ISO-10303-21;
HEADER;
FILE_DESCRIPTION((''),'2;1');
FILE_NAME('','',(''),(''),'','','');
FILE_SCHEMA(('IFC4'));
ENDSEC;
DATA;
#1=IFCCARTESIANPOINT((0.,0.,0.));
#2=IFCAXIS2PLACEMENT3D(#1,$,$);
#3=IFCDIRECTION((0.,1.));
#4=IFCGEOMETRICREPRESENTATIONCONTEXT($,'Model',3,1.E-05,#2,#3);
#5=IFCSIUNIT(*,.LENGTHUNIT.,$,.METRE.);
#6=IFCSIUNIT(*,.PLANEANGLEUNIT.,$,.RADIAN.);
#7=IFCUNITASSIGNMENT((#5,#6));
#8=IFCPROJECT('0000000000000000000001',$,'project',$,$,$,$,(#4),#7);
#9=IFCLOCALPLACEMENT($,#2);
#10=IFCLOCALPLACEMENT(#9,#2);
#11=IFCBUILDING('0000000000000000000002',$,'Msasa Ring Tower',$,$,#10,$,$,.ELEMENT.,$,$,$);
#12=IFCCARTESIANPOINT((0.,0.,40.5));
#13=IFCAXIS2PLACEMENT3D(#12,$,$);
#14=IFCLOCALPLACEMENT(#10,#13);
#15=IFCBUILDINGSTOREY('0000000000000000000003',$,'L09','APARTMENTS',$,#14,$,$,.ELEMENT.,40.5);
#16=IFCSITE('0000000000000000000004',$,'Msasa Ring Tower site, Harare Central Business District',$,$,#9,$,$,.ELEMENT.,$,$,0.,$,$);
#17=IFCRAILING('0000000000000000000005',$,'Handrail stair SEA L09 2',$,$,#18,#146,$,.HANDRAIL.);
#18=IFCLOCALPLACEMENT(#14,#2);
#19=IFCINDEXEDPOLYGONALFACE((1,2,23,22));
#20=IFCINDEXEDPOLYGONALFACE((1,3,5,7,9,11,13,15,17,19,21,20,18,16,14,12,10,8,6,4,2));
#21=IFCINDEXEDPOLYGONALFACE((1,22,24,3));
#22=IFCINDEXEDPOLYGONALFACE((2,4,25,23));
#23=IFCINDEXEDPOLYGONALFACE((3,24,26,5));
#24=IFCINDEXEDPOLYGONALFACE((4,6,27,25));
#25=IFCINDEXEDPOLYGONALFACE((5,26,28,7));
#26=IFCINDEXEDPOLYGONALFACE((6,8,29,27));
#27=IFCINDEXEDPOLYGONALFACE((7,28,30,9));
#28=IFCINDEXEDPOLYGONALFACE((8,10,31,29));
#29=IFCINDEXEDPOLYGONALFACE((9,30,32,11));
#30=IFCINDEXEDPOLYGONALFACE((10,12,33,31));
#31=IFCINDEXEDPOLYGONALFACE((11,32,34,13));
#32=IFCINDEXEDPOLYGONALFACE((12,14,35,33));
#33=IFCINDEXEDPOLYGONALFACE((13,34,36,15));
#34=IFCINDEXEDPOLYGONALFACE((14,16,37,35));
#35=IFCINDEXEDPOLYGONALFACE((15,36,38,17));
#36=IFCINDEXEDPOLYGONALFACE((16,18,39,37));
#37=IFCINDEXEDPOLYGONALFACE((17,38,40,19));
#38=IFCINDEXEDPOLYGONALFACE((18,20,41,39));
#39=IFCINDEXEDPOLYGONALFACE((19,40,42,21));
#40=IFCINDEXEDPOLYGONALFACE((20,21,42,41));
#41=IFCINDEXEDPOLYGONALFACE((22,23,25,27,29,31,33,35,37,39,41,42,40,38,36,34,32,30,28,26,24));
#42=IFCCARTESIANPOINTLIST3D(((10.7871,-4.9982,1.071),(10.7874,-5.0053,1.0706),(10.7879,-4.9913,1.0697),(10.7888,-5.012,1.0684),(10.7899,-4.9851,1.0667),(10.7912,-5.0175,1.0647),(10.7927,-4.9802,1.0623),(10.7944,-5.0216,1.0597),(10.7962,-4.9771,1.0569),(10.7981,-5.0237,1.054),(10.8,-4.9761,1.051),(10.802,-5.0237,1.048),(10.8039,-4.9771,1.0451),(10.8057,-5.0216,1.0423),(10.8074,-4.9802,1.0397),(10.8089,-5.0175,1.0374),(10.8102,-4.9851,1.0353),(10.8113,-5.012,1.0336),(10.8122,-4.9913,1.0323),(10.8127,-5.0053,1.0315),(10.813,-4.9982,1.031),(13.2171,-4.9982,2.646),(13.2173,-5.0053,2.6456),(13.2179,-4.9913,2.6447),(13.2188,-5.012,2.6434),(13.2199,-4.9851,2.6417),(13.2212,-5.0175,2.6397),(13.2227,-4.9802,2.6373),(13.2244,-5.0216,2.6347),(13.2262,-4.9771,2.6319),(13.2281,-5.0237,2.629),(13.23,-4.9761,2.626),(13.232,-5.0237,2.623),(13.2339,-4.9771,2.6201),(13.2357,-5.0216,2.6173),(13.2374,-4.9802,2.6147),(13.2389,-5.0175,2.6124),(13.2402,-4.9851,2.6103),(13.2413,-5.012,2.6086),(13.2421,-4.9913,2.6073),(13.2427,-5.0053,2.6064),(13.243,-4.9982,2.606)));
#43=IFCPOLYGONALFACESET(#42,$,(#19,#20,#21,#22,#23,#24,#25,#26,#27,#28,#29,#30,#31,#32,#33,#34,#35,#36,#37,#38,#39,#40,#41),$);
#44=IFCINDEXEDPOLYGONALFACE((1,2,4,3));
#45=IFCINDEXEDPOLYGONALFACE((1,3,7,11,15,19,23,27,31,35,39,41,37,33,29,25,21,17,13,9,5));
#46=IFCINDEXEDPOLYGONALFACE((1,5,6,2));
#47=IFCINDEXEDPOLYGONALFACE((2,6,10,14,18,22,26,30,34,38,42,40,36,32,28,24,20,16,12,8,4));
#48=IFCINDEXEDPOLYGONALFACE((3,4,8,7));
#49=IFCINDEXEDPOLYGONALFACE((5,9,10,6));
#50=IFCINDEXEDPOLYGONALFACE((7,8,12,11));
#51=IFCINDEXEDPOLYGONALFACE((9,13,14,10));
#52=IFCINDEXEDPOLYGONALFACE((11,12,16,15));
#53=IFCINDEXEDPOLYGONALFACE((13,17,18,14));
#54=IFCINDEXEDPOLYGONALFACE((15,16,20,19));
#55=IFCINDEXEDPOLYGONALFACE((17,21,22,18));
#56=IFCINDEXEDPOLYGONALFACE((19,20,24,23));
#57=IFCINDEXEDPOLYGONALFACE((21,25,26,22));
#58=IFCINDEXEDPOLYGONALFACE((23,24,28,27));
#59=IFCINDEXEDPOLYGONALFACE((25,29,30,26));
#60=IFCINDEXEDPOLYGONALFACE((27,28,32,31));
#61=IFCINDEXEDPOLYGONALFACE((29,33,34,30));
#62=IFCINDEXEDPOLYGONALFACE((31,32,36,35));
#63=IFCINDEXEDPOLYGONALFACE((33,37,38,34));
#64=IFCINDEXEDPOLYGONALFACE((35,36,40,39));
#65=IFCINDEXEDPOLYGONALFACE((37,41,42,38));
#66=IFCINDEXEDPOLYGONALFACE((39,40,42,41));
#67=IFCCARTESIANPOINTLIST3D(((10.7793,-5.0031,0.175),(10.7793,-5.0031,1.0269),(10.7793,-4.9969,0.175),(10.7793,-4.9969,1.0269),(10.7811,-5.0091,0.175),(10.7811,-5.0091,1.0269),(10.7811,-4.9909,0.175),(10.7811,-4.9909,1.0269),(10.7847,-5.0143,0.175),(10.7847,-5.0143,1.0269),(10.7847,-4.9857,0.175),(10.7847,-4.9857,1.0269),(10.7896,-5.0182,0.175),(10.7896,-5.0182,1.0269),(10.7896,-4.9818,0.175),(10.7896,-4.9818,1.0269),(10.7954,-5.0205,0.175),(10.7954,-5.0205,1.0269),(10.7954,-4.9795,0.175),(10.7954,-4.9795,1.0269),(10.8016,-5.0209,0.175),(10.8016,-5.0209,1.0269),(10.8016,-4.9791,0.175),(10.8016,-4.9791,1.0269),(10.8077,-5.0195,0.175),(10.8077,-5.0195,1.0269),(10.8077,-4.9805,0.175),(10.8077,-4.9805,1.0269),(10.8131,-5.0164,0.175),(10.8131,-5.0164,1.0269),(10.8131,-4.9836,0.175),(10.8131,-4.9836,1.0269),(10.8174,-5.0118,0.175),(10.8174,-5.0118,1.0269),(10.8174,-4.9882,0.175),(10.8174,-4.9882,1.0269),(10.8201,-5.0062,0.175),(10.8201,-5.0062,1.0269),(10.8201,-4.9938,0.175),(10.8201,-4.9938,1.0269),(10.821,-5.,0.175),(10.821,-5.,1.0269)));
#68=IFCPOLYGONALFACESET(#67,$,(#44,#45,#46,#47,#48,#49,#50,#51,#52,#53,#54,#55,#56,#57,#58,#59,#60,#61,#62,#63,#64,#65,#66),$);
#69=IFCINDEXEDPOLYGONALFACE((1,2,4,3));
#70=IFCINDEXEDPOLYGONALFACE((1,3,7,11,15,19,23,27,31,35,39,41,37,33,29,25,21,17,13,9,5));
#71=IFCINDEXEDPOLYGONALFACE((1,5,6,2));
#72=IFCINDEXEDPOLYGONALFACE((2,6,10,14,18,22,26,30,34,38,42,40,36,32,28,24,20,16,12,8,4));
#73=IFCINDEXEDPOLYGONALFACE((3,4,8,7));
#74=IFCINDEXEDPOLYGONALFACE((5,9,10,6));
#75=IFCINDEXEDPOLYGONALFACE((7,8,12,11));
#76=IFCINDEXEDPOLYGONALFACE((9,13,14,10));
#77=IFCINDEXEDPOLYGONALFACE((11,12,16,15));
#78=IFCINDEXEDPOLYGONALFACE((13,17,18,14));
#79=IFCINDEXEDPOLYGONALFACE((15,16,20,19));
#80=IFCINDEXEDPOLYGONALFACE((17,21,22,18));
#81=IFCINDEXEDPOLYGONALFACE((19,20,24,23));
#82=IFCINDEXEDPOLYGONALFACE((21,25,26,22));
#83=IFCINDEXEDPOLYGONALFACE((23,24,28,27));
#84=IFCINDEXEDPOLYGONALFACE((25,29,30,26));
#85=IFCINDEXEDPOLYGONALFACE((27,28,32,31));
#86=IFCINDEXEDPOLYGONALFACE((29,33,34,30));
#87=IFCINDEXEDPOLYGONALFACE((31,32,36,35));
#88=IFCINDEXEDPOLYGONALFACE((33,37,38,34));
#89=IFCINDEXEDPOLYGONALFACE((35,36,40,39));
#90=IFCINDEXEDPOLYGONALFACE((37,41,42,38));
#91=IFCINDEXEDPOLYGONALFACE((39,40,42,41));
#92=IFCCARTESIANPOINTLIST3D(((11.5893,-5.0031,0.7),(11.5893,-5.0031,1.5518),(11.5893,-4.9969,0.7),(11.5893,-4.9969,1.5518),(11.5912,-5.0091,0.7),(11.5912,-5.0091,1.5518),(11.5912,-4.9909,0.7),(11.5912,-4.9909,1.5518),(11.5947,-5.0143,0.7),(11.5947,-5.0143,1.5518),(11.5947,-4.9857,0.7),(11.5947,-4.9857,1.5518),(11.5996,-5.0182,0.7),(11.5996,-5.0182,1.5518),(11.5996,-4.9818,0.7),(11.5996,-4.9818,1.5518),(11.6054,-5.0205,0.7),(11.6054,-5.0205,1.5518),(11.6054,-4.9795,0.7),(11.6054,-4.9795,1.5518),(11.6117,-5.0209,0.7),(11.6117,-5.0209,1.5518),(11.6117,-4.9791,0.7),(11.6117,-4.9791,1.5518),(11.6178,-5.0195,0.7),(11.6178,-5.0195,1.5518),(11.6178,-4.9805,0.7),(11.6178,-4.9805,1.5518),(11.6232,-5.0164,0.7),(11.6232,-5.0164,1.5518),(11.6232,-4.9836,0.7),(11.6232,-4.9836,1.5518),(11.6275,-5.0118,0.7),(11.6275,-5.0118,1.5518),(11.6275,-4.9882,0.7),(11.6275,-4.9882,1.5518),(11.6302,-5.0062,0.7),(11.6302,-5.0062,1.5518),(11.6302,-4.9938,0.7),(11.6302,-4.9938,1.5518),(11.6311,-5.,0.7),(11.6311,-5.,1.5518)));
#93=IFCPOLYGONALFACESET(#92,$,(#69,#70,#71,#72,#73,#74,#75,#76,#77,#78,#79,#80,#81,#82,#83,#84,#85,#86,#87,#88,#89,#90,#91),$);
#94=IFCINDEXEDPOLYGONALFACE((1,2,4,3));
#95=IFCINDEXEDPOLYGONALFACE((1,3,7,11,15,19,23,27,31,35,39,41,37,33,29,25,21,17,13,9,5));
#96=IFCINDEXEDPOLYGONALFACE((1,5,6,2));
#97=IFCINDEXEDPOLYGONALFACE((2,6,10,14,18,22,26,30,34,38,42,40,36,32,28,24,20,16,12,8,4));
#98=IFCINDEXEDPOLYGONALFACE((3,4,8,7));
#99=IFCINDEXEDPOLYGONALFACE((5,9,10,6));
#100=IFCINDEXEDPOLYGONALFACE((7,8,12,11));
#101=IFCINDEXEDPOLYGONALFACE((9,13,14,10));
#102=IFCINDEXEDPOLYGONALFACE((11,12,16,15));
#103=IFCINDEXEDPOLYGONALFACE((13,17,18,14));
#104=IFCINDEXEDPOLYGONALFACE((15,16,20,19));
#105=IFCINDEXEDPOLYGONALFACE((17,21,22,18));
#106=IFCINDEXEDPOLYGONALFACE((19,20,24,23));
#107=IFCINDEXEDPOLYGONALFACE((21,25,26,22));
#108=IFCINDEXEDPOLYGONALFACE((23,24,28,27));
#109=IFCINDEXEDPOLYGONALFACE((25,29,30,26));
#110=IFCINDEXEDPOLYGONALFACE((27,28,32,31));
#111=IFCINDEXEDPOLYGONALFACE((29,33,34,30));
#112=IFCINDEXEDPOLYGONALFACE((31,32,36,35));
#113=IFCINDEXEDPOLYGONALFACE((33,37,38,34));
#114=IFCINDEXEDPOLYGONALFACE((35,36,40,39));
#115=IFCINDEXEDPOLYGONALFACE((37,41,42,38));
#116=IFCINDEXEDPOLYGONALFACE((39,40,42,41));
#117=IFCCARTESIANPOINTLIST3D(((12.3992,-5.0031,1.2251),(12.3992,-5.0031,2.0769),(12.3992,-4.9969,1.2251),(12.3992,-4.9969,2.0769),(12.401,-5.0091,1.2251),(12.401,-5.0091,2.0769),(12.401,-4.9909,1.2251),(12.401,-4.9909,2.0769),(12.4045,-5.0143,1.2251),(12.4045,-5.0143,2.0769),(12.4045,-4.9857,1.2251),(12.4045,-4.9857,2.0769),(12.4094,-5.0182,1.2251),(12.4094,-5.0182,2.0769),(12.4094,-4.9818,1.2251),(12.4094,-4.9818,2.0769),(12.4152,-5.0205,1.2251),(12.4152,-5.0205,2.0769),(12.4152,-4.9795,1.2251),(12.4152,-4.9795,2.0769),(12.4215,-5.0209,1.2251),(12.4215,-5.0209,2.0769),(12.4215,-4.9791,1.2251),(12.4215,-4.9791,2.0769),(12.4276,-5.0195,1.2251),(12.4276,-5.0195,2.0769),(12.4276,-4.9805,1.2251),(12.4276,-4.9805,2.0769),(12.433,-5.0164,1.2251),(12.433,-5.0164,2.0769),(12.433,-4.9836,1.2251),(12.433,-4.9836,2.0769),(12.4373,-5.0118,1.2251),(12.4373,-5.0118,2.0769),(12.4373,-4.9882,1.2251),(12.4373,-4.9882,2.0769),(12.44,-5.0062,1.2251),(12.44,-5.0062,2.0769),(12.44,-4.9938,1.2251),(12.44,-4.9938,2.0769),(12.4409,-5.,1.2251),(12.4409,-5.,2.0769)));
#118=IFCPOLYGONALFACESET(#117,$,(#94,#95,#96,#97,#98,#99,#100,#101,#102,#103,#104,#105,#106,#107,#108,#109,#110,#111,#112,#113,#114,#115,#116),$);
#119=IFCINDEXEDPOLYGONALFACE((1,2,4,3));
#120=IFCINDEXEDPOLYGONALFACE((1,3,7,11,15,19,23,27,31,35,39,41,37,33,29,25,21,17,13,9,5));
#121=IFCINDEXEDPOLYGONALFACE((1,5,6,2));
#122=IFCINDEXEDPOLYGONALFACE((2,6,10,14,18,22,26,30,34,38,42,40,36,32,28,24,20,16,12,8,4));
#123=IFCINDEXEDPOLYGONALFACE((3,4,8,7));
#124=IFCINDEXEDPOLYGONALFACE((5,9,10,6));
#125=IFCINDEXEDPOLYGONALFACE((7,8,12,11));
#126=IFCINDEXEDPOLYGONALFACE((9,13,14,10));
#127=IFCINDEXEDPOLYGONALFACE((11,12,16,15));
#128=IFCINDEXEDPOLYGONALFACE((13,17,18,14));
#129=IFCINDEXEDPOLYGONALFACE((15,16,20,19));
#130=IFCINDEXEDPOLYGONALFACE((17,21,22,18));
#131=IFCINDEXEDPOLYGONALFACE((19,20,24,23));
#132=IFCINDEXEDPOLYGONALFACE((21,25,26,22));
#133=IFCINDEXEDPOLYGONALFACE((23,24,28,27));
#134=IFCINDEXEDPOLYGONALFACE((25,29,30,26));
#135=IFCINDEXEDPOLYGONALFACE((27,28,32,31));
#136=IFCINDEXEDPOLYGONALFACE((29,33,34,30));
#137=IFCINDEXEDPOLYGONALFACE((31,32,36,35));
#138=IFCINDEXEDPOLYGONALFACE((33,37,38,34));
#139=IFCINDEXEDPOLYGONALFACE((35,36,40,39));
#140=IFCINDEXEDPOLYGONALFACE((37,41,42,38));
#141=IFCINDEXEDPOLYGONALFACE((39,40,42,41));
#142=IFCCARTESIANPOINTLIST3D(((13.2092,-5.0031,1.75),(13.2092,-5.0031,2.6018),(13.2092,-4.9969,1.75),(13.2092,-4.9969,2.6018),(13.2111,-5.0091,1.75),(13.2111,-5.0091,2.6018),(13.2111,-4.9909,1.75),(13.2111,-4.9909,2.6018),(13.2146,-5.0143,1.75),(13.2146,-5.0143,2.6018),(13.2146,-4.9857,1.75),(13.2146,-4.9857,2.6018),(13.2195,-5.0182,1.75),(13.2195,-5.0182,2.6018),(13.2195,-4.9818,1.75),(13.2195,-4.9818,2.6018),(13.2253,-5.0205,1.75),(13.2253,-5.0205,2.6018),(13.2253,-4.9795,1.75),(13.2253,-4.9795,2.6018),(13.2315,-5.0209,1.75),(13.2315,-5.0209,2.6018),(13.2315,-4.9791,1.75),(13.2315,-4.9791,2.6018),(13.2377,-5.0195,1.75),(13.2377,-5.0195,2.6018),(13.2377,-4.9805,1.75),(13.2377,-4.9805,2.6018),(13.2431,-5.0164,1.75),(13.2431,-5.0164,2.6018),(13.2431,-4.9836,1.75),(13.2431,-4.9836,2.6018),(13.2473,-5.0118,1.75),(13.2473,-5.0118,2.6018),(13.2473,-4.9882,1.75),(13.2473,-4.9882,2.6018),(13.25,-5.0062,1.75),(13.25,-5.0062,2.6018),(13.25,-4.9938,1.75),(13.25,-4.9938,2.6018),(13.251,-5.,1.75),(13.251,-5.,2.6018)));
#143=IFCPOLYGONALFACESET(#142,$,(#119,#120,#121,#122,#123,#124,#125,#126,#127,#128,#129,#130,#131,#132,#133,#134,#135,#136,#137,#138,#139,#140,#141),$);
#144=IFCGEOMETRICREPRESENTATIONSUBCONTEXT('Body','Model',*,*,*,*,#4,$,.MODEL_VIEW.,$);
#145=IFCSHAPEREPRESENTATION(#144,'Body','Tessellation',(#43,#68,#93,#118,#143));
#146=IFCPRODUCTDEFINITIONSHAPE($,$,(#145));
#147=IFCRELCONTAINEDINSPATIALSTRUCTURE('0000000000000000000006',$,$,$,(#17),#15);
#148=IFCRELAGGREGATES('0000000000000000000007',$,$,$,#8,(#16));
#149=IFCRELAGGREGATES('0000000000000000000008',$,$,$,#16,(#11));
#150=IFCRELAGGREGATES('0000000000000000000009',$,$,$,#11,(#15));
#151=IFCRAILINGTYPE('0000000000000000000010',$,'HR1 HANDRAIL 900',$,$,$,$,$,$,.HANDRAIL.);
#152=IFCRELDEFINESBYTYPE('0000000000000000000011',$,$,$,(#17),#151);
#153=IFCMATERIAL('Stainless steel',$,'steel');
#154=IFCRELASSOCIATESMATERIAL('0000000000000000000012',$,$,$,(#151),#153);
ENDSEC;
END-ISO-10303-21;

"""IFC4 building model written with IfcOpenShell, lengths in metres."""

from ifc_helpers import new_model, si_unit, direction, frame, origin, origin_2d, place, context, subcontext, project, spatial, circle, extrude, material, type_object, element, save


model = new_model("IFC4")

# Units and contexts
model_context = context("Model", 3, precision=1e-05, world=origin(), true_north=direction((0.0, 1.0)))
body_context = subcontext(model_context, "Body", "Model", "MODEL_VIEW")
ifc_project = project(units=[si_unit("LENGTHUNIT", "METRE"), si_unit("PLANEANGLEUNIT", "RADIAN")], contexts=[model_context])

# Site, building, storey
site_placement = place(None, origin())
site = spatial("IfcSite", under=ifc_project, at=site_placement, Name="Msasa Ring Tower site, Harare Central Business District", CompositionType="ELEMENT", RefElevation=0.0)
building_placement = place(site_placement, origin())
building = spatial("IfcBuilding", under=site, at=building_placement, Name="Msasa Ring Tower", CompositionType="ELEMENT")
storey_placement = place(building_placement, frame((0.0, 0.0, 40.5)))
storey = spatial("IfcBuildingStorey", under=building, at=storey_placement, Name="L09", Description="APARTMENTS", CompositionType="ELEMENT", Elevation=40.5)

# Railing
ifc_material_1 = material(Name="Stainless steel", Category="steel")
railing_type = type_object("IfcRailingType", Name="HR1 HANDRAIL 900", PredefinedType="HANDRAIL", material=ifc_material_1)
for number, where, name in (
    (1, (10.8, -5.0, 0.175), "Handrail stair SEA L09 2"),
):
    element("IfcRailing", number, at=place(storey_placement, frame(where)), inside=storey, type_object=railing_type, Name=name, PredefinedType="HANDRAIL", context=body_context, shape_type="SweptSolid", body=[
        extrude(circle(Radius=0.0239, at=origin_2d()), frame((0.0, 0.0, 0.876), z_axis=(0.839154, 0.0, 0.543894), x_axis=(0.0, 1.0, 0.0)), (0.0, 0.0, 1.0), 2.8958),
        extrude(circle(Radius=0.021, at=origin_2d()), origin(), (0.0, 0.0, 1.0), 0.8518),
        extrude(circle(Radius=0.021, at=origin_2d()), frame((0.8101, 0.0, 0.5249)), (0.0, 0.0, 1.0), 0.8518),
        extrude(circle(Radius=0.021, at=origin_2d()), frame((1.6199, 0.0, 1.05)), (0.0, 0.0, 1.0), 0.8518),
        extrude(circle(Radius=0.021, at=origin_2d()), frame((2.4299, 0.0, 1.575)), (0.0, 0.0, 1.0), 0.8518),
    ])

save(model, "model.ifc")
